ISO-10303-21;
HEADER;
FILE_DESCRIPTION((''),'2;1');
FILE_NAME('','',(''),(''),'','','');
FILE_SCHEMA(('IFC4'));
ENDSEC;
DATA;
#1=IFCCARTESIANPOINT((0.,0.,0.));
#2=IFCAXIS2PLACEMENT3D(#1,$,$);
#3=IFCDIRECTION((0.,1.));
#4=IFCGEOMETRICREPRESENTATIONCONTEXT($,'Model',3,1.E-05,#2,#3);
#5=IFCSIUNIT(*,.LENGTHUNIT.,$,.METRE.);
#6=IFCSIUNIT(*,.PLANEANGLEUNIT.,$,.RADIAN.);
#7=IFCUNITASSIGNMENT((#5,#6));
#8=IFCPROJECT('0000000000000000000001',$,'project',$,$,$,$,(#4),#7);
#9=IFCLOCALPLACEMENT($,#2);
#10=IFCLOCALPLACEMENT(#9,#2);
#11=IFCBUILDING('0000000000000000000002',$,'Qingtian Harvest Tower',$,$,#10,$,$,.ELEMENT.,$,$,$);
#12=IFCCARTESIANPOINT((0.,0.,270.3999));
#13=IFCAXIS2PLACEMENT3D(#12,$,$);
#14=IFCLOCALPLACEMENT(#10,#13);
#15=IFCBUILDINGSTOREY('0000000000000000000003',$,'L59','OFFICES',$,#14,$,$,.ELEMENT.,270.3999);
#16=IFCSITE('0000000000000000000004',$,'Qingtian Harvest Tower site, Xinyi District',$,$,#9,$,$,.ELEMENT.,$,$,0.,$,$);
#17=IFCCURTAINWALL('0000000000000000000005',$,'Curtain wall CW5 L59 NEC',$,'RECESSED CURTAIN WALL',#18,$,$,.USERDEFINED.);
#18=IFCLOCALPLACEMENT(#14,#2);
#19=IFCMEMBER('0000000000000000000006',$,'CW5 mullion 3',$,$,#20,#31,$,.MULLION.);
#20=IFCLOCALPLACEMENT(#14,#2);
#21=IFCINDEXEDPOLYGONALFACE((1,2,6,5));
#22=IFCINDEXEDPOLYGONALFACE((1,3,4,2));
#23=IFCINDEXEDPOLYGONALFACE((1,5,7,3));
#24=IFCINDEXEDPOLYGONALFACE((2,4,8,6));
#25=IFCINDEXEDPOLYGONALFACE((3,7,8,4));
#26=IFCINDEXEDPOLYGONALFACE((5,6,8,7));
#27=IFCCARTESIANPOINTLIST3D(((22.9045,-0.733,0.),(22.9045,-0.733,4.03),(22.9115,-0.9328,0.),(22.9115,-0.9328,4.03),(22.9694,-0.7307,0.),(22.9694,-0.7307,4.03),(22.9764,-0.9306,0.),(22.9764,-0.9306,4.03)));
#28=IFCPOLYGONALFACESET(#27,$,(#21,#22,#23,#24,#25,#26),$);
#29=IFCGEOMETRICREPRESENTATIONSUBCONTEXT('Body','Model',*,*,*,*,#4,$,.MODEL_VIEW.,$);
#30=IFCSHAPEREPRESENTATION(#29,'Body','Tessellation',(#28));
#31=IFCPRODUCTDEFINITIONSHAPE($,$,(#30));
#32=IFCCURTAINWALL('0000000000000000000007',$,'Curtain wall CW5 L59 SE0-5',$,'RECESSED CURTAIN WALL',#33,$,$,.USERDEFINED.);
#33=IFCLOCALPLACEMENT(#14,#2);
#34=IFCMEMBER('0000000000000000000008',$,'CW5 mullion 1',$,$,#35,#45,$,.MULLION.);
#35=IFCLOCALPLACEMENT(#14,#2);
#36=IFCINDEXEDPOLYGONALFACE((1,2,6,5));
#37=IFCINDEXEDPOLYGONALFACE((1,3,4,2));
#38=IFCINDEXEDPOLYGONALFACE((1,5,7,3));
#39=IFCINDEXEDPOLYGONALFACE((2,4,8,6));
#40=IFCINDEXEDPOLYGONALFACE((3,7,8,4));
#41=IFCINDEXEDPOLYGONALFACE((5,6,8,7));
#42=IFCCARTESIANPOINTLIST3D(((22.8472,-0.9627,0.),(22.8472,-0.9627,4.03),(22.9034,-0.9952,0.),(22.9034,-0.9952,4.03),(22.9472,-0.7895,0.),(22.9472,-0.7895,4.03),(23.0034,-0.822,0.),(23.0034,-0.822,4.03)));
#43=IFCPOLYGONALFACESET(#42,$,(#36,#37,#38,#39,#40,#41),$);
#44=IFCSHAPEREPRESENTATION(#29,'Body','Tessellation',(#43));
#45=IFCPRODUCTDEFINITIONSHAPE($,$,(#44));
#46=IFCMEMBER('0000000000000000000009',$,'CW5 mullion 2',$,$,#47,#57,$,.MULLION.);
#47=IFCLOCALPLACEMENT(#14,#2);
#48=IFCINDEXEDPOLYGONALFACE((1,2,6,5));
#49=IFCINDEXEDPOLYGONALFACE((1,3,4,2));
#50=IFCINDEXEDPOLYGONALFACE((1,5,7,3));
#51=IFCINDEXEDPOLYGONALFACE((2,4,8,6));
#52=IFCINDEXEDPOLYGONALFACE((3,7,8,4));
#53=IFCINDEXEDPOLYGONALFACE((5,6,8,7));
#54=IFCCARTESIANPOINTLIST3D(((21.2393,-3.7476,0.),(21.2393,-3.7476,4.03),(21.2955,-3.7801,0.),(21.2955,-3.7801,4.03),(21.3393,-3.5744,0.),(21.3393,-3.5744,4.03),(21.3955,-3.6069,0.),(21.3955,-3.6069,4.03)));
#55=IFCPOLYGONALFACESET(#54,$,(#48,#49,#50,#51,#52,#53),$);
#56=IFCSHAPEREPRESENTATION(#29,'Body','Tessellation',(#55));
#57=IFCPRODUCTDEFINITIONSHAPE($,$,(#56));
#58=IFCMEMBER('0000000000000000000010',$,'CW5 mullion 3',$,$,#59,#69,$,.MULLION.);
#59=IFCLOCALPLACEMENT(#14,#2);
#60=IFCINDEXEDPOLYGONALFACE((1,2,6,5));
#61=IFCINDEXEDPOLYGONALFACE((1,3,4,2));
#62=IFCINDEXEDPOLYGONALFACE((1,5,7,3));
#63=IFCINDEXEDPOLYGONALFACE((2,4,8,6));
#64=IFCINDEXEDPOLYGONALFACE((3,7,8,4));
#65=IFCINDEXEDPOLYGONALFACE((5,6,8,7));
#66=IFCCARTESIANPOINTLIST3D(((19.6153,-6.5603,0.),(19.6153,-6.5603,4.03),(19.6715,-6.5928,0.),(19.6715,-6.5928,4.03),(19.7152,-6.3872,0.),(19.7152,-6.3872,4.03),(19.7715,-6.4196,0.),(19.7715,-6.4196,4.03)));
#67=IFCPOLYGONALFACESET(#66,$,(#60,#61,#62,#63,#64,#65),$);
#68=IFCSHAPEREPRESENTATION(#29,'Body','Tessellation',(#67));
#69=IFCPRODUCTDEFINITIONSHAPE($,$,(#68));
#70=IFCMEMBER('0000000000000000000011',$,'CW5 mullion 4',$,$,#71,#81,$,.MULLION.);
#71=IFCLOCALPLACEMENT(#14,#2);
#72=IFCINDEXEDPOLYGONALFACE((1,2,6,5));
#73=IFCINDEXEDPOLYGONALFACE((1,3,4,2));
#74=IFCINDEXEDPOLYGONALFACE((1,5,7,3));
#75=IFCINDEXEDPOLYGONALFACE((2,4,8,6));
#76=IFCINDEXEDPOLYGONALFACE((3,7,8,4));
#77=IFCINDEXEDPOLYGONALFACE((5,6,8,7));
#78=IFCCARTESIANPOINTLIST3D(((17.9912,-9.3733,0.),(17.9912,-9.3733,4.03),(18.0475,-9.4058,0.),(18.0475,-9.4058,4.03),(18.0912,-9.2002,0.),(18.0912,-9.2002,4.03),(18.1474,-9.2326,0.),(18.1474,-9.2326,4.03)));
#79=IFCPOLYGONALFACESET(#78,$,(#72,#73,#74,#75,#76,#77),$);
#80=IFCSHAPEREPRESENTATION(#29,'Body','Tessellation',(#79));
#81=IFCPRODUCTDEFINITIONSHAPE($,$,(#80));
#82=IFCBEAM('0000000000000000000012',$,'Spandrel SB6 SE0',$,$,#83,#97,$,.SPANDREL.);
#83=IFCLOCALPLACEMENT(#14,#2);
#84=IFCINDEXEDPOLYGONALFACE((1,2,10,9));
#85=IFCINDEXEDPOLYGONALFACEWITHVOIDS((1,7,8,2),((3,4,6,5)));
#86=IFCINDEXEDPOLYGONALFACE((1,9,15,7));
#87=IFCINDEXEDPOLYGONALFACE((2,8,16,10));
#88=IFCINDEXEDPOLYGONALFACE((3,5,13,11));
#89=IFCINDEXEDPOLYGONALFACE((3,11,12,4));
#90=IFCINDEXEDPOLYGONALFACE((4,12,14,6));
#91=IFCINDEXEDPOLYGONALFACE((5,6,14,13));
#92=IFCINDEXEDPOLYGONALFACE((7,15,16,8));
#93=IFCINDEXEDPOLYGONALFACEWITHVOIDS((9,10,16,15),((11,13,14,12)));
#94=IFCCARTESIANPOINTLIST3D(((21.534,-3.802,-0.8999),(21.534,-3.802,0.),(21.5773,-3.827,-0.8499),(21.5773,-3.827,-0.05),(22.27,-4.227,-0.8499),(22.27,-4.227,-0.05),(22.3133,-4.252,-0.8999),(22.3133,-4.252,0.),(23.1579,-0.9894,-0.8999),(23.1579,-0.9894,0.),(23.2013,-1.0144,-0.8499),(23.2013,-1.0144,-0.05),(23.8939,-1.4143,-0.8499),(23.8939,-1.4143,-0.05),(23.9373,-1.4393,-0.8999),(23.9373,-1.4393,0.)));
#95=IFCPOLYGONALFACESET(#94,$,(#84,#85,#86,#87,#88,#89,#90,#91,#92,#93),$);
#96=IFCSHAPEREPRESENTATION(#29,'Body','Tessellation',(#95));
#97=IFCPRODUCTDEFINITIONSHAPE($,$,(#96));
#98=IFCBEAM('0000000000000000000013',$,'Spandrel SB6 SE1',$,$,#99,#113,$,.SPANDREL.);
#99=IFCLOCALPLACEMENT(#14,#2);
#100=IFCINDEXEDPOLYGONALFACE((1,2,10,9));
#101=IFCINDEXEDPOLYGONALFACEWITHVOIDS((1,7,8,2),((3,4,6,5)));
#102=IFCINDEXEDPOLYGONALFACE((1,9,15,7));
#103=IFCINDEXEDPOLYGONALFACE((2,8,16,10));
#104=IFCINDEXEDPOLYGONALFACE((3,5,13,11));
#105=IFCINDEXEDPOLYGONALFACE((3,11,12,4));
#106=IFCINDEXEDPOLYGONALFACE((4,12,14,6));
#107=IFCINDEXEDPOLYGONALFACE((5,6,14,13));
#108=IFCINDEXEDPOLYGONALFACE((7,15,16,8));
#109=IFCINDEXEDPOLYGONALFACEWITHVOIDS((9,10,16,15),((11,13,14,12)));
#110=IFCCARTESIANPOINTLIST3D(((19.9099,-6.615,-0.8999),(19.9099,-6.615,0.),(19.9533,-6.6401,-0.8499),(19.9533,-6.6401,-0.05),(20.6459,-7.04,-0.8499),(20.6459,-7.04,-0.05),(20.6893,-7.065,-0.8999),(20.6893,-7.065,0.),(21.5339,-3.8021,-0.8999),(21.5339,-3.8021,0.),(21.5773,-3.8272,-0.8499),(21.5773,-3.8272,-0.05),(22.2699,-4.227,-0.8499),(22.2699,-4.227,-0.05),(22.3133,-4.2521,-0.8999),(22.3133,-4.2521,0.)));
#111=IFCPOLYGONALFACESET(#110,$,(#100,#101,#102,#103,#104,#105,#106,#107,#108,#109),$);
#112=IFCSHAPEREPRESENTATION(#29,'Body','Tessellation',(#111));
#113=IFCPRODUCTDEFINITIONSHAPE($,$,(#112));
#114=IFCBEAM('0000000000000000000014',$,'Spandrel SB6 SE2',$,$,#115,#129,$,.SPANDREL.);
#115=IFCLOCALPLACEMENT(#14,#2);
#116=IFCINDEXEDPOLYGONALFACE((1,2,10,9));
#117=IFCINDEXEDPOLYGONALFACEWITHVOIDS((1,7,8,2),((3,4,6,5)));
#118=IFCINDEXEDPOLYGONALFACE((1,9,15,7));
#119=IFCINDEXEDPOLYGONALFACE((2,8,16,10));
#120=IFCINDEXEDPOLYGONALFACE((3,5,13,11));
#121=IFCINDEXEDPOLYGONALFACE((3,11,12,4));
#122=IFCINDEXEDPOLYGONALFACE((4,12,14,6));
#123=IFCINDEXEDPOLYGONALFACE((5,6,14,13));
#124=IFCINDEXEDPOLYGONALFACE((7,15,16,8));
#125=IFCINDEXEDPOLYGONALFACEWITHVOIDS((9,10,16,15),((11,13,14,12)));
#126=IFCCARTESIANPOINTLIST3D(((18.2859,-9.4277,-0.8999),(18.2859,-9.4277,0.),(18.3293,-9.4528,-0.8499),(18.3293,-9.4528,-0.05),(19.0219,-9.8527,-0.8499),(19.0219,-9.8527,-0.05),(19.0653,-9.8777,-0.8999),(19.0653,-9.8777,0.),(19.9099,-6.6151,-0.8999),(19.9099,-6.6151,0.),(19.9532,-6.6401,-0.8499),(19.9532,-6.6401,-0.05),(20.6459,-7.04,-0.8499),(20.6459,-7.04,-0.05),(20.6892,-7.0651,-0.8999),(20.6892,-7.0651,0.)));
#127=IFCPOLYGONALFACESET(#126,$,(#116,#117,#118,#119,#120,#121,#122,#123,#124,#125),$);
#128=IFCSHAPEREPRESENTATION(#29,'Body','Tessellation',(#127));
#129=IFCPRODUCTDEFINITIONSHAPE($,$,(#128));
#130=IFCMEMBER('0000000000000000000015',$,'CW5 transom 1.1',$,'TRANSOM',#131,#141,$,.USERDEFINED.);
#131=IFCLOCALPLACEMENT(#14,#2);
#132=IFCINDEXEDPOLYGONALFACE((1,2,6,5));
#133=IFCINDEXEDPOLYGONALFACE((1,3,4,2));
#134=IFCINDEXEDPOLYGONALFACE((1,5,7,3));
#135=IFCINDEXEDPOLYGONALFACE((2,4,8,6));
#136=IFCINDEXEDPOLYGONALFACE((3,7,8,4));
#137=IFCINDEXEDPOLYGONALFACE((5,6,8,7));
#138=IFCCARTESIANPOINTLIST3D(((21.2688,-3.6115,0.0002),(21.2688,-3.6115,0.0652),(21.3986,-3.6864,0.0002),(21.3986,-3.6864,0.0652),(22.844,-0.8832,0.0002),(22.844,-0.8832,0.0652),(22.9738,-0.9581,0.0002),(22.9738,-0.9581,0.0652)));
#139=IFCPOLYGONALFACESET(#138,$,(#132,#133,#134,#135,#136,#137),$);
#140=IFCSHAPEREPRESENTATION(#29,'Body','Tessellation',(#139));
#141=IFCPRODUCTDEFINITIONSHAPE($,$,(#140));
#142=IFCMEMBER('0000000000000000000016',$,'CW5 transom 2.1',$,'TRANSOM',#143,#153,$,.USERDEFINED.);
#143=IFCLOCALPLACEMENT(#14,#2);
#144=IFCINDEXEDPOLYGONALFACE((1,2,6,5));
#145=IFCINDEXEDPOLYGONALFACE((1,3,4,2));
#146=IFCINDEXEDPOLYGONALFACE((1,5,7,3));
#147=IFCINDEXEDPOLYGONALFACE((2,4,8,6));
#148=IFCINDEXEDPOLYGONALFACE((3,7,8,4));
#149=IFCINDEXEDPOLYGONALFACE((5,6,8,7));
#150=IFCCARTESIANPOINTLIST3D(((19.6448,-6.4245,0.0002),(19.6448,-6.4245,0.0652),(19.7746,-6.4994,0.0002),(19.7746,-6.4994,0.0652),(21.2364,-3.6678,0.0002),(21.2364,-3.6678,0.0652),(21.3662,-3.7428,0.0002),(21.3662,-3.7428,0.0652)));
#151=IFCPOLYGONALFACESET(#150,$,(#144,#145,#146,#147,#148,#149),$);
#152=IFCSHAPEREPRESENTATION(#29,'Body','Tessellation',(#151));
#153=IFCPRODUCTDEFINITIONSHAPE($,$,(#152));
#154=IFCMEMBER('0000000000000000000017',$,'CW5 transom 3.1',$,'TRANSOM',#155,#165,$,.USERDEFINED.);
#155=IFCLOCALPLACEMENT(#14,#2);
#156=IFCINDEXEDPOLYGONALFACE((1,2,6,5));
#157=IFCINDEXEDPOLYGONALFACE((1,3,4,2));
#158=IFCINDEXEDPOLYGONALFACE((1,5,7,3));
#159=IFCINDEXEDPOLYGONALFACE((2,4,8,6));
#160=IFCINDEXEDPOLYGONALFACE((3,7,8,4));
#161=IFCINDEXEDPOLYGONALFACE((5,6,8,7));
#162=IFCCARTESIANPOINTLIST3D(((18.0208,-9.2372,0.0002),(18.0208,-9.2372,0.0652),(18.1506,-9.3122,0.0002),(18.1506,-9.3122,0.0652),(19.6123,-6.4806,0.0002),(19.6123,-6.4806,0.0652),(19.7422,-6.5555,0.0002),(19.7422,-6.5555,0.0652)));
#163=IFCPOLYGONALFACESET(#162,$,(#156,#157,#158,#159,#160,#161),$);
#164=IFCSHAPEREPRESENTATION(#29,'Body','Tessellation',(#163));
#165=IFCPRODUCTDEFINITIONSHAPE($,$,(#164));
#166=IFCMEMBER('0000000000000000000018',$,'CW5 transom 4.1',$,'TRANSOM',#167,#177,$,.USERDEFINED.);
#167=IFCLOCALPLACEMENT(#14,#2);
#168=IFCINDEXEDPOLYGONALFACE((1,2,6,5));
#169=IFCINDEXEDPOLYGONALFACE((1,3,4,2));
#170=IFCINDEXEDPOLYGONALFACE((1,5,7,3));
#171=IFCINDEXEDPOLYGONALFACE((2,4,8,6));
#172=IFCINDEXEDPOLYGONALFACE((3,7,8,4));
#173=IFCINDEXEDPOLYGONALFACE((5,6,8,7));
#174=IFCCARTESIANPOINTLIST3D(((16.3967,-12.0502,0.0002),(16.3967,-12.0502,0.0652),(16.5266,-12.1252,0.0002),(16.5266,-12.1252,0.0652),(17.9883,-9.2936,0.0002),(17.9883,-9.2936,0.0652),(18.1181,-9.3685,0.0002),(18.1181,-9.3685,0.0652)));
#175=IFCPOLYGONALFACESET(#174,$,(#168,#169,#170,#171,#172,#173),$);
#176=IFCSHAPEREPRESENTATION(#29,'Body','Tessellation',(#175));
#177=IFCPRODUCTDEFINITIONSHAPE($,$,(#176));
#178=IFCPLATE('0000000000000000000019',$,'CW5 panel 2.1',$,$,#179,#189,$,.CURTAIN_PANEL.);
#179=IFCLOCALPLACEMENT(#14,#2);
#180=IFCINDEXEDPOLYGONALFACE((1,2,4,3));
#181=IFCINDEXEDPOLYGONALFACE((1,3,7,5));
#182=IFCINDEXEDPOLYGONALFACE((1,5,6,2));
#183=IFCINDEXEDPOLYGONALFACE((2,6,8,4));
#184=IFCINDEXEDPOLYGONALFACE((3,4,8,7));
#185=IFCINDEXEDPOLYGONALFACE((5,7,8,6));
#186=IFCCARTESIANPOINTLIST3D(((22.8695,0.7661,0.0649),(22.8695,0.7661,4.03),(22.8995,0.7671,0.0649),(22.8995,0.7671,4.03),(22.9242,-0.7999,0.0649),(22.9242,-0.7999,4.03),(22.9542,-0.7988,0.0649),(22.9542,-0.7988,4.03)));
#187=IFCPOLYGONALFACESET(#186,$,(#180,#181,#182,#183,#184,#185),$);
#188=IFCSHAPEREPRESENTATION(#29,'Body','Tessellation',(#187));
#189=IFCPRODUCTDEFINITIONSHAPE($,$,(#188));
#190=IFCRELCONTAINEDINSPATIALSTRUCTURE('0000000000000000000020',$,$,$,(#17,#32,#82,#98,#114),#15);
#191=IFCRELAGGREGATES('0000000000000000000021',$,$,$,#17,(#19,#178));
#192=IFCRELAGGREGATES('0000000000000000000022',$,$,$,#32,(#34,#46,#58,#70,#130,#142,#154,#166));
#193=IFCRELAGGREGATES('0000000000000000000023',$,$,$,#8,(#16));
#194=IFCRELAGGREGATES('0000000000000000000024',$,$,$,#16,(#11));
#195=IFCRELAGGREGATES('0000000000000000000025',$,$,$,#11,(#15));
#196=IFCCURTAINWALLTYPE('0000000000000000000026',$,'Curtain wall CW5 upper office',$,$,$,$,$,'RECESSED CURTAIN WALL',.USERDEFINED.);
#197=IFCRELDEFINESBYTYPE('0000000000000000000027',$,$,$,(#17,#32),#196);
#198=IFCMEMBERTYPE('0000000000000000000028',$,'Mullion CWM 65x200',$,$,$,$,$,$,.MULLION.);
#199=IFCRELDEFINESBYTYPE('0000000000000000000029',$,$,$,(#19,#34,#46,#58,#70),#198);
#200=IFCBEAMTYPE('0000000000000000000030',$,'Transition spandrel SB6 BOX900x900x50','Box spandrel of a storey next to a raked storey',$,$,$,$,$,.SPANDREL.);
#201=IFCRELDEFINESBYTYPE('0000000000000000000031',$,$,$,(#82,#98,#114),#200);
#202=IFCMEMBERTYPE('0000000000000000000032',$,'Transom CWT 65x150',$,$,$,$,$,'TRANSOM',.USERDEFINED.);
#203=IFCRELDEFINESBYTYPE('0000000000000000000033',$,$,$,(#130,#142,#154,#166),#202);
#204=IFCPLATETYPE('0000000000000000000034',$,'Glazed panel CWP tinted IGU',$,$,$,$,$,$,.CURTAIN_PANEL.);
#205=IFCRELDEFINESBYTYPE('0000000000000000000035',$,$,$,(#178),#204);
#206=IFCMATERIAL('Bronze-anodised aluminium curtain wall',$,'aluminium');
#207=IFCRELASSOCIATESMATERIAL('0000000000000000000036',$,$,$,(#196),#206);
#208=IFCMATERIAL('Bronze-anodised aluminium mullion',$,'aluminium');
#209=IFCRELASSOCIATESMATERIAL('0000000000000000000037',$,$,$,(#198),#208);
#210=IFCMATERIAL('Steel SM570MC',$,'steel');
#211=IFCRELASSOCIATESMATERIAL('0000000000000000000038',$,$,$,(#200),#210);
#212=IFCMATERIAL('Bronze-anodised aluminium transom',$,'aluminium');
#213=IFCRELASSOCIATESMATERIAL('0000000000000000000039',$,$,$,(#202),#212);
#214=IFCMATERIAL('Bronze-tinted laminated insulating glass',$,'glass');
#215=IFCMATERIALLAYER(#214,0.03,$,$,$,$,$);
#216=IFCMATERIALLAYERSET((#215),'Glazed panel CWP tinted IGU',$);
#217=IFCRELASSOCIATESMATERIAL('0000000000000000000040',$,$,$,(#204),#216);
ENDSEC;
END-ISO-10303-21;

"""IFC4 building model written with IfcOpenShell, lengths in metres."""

from ifc_helpers import new_model, si_unit, direction, frame, origin, origin_2d, place, context, subcontext, project, spatial, rectangle, hollow_rectangle, extrude, material, layer, layer_set, material_profile, profile_set, type_object, element, aggregate, save


model = new_model("IFC4")

# Units and contexts
model_context = context("Model", 3, precision=1e-05, world=origin(), true_north=direction((0.0, 1.0)))
body_context = subcontext(model_context, "Body", "Model", "MODEL_VIEW")
ifc_project = project(units=[si_unit("LENGTHUNIT", "METRE"), si_unit("PLANEANGLEUNIT", "RADIAN")], contexts=[model_context])

# Site, building, storey
site_placement = place(None, origin())
site = spatial("IfcSite", under=ifc_project, at=site_placement, Name="Qingtian Harvest Tower site, Xinyi District", CompositionType="ELEMENT", RefElevation=0.0)
building_placement = place(site_placement, origin())
building = spatial("IfcBuilding", under=site, at=building_placement, Name="Qingtian Harvest Tower", CompositionType="ELEMENT")
storey_placement = place(building_placement, frame((0.0, 0.0, 270.3999)))
storey = spatial("IfcBuildingStorey", under=building, at=storey_placement, Name="L59", Description="OFFICES", CompositionType="ELEMENT", Elevation=270.3999)

# Curtain wall, member
ifc_material_1 = material(Name="Bronze-anodised aluminium curtain wall", Category="aluminium")
curtain_wall_type = type_object("IfcCurtainWallType", Name="Curtain wall CW5 upper office", ElementType="RECESSED CURTAIN WALL", PredefinedType="USERDEFINED", material=ifc_material_1)
curtain_wall_1_placement = place(storey_placement, origin())
curtain_wall_1 = element("IfcCurtainWall", 1, at=curtain_wall_1_placement, inside=storey, type_object=curtain_wall_type, Name="Curtain wall CW5 L59 NEC", ObjectType="RECESSED CURTAIN WALL", PredefinedType="USERDEFINED")
ifc_material_2 = material(Name="Bronze-anodised aluminium mullion", Category="aluminium")
ifc_material_profile_1 = material_profile(ifc_material_2, rectangle(XDim=0.0649, YDim=0.2, at=origin_2d()), Name="AL 65x200")
ifc_profile_set_1 = profile_set([ifc_material_profile_1], Name="Bronze-anodised aluminium mullion")
member_type_1 = type_object("IfcMemberType", Name="Mullion CWM 65x200", PredefinedType="MULLION", material=ifc_profile_set_1)
member_1_placement = place(storey_placement, frame((22.9404, -0.8318, 0.0), z_axis=(0.0, 0.0, 1.0), x_axis=(0.999391, 0.034899, 0.0)))
member_1 = element("IfcMember", 2, at=member_1_placement, type_object=member_type_1, Name="CW5 mullion 3", PredefinedType="MULLION", context=body_context, shape_type="SweptSolid", body=[
    extrude(rectangle(XDim=0.0649, YDim=0.2, at=origin_2d()), origin(), (0.0, 0.0, 1.0), 4.03),
])

# Curtain wall, members
curtain_wall_2_placement = place(storey_placement, origin())
curtain_wall_2 = element("IfcCurtainWall", 3, at=curtain_wall_2_placement, inside=storey, type_object=curtain_wall_type, Name="Curtain wall CW5 L59 SE0-5", ObjectType="RECESSED CURTAIN WALL", PredefinedType="USERDEFINED")
member_2_placement = place(storey_placement, frame((22.9253, -0.8923, 0.0), z_axis=(0.0, 0.0, 1.0), x_axis=(0.866025, -0.5, 0.0)))
member_2 = element("IfcMember", 4, at=member_2_placement, type_object=member_type_1, Name="CW5 mullion 1", PredefinedType="MULLION", context=body_context, shape_type="SweptSolid", body=[
    extrude(rectangle(XDim=0.0649, YDim=0.2, at=origin_2d()), origin(), (0.0, 0.0, 1.0), 4.03),
])
member_3_placement = place(storey_placement, frame((21.3174, -3.6772, 0.0), z_axis=(0.0, 0.0, 1.0), x_axis=(0.866025, -0.5, 0.0)))
member_3 = element("IfcMember", 5, at=member_3_placement, type_object=member_type_1, Name="CW5 mullion 2", PredefinedType="MULLION", context=body_context, shape_type="SweptSolid", body=[
    extrude(rectangle(XDim=0.0649, YDim=0.2, at=origin_2d()), origin(), (0.0, 0.0, 1.0), 4.03),
])
member_4_placement = place(storey_placement, frame((19.6934, -6.49, 0.0), z_axis=(0.0, 0.0, 1.0), x_axis=(0.866025, -0.5, 0.0)))
member_4 = element("IfcMember", 6, at=member_4_placement, type_object=member_type_1, Name="CW5 mullion 3", PredefinedType="MULLION", context=body_context, shape_type="SweptSolid", body=[
    extrude(rectangle(XDim=0.0649, YDim=0.2, at=origin_2d()), origin(), (0.0, 0.0, 1.0), 4.03),
])
member_5_placement = place(storey_placement, frame((18.0693, -9.303, 0.0), z_axis=(0.0, 0.0, 1.0), x_axis=(0.866025, -0.5, 0.0)))
member_5 = element("IfcMember", 7, at=member_5_placement, type_object=member_type_1, Name="CW5 mullion 4", PredefinedType="MULLION", context=body_context, shape_type="SweptSolid", body=[
    extrude(rectangle(XDim=0.0649, YDim=0.2, at=origin_2d()), origin(), (0.0, 0.0, 1.0), 4.03),
])

# Beams
ifc_material_3 = material(Name="Steel SM570MC", Category="steel")
ifc_material_profile_2 = material_profile(ifc_material_3, hollow_rectangle(XDim=0.8999, YDim=0.8999, WallThickness=0.05, at=origin_2d()), Name="BOX900x900x50")
ifc_profile_set_2 = profile_set([ifc_material_profile_2], Name="Steel SM570MC")
beam_type_1 = type_object("IfcBeamType", Name="Transition spandrel SB6 BOX900x900x50", Description="Box spandrel of a storey next to a raked storey", PredefinedType="SPANDREL", material=ifc_profile_set_2)
beam_1_placement = place(storey_placement, frame((23.5476, -1.2144, -0.45), z_axis=(-0.50002, -0.866014, 0.0), x_axis=(0.866014, -0.50002, 0.0)))
element("IfcBeam", 8, at=beam_1_placement, inside=storey, type_object=beam_type_1, Name="Spandrel SB6 SE0", PredefinedType="SPANDREL", context=body_context, shape_type="SweptSolid", body=[
    extrude(hollow_rectangle(XDim=0.8999, YDim=0.8999, WallThickness=0.05, at=origin_2d()), origin(), (0.0, 0.0, 1.0), 3.2478),
])
beam_2_placement = place(storey_placement, frame((21.9236, -4.0271, -0.45), z_axis=(-0.499987, -0.866033, 0.0), x_axis=(0.866033, -0.499987, 0.0)))
element("IfcBeam", 9, at=beam_2_placement, inside=storey, type_object=beam_type_1, Name="Spandrel SB6 SE1", PredefinedType="SPANDREL", context=body_context, shape_type="SweptSolid", body=[
    extrude(hollow_rectangle(XDim=0.8999, YDim=0.8999, WallThickness=0.05, at=origin_2d()), origin(), (0.0, 0.0, 1.0), 3.248),
])
beam_3_placement = place(storey_placement, frame((20.2996, -6.8401, -0.45), z_axis=(-0.50002, -0.866014, 0.0), x_axis=(0.866014, -0.50002, 0.0)))
element("IfcBeam", 10, at=beam_3_placement, inside=storey, type_object=beam_type_1, Name="Spandrel SB6 SE2", PredefinedType="SPANDREL", context=body_context, shape_type="SweptSolid", body=[
    extrude(hollow_rectangle(XDim=0.8999, YDim=0.8999, WallThickness=0.05, at=origin_2d()), origin(), (0.0, 0.0, 1.0), 3.2478),
])

# Members
ifc_material_4 = material(Name="Bronze-anodised aluminium transom", Category="aluminium")
ifc_material_profile_3 = material_profile(ifc_material_4, rectangle(XDim=0.1499, YDim=0.0649, at=origin_2d()), Name="AL 65x150")
ifc_profile_set_3 = profile_set([ifc_material_profile_3], Name="Bronze-anodised aluminium transom")
member_type_2 = type_object("IfcMemberType", Name="Transom CWT 65x150", ElementType="TRANSOM", PredefinedType="USERDEFINED", material=ifc_profile_set_3)
member_6_placement = place(storey_placement, frame((22.9089, -0.9207, 0.0327), z_axis=(-0.500006, -0.866022, 0.0), x_axis=(0.866022, -0.500006, 0.0)))
member_6 = element("IfcMember", 11, at=member_6_placement, type_object=member_type_2, Name="CW5 transom 1.1", ObjectType="TRANSOM", PredefinedType="USERDEFINED", context=body_context, shape_type="SweptSolid", body=[
    extrude(rectangle(XDim=0.1499, YDim=0.0649, at=origin_2d()), origin(), (0.0, 0.0, 1.0), 3.1504),
])
member_7_placement = place(storey_placement, frame((21.3013, -3.7053, 0.0327), z_axis=(-0.500008, -0.866021, 0.0), x_axis=(0.866021, -0.500008, 0.0)))
member_7 = element("IfcMember", 12, at=member_7_placement, type_object=member_type_2, Name="CW5 transom 2.1", ObjectType="TRANSOM", PredefinedType="USERDEFINED", context=body_context, shape_type="SweptSolid", body=[
    extrude(rectangle(XDim=0.1499, YDim=0.0649, at=origin_2d()), origin(), (0.0, 0.0, 1.0), 3.1831),
])
member_8_placement = place(storey_placement, frame((19.6772, -6.5181, 0.0327), z_axis=(-0.500008, -0.866021, 0.0), x_axis=(0.866021, -0.500008, 0.0)))
member_8 = element("IfcMember", 13, at=member_8_placement, type_object=member_type_2, Name="CW5 transom 3.1", ObjectType="TRANSOM", PredefinedType="USERDEFINED", context=body_context, shape_type="SweptSolid", body=[
    extrude(rectangle(XDim=0.1499, YDim=0.0649, at=origin_2d()), origin(), (0.0, 0.0, 1.0), 3.1831),
])
member_9_placement = place(storey_placement, frame((18.0532, -9.3311, 0.0327), z_axis=(-0.500008, -0.866021, 0.0), x_axis=(0.866021, -0.500008, 0.0)))
member_9 = element("IfcMember", 14, at=member_9_placement, type_object=member_type_2, Name="CW5 transom 4.1", ObjectType="TRANSOM", PredefinedType="USERDEFINED", context=body_context, shape_type="SweptSolid", body=[
    extrude(rectangle(XDim=0.1499, YDim=0.0649, at=origin_2d()), origin(), (0.0, 0.0, 1.0), 3.1831),
])

# Plate
ifc_material_5 = material(Name="Bronze-tinted laminated insulating glass", Category="glass")
ifc_layer_1 = layer(ifc_material_5, 0.03)
ifc_layer_set_1 = layer_set([ifc_layer_1], Name="Glazed panel CWP tinted IGU")
plate_type = type_object("IfcPlateType", Name="Glazed panel CWP tinted IGU", PredefinedType="CURTAIN_PANEL", material=ifc_layer_set_1)
plate_1_placement = place(storey_placement, frame((22.9119, -0.0164, 0.0649), z_axis=(0.0, 0.0, 1.0), x_axis=(0.034899, -0.999391, 0.0)))
plate_1 = element("IfcPlate", 15, at=plate_1_placement, type_object=plate_type, Name="CW5 panel 2.1", PredefinedType="CURTAIN_PANEL", context=body_context, shape_type="SweptSolid", body=[
    extrude(rectangle(XDim=1.5669, YDim=0.03, at=origin_2d()), origin(), (0.0, 0.0, 1.0), 3.9651),
])
aggregate(curtain_wall_1, [member_1, plate_1])
aggregate(curtain_wall_2, [member_2, member_3, member_4, member_5, member_6, member_7, member_8, member_9])

save(model, "model.ifc")
